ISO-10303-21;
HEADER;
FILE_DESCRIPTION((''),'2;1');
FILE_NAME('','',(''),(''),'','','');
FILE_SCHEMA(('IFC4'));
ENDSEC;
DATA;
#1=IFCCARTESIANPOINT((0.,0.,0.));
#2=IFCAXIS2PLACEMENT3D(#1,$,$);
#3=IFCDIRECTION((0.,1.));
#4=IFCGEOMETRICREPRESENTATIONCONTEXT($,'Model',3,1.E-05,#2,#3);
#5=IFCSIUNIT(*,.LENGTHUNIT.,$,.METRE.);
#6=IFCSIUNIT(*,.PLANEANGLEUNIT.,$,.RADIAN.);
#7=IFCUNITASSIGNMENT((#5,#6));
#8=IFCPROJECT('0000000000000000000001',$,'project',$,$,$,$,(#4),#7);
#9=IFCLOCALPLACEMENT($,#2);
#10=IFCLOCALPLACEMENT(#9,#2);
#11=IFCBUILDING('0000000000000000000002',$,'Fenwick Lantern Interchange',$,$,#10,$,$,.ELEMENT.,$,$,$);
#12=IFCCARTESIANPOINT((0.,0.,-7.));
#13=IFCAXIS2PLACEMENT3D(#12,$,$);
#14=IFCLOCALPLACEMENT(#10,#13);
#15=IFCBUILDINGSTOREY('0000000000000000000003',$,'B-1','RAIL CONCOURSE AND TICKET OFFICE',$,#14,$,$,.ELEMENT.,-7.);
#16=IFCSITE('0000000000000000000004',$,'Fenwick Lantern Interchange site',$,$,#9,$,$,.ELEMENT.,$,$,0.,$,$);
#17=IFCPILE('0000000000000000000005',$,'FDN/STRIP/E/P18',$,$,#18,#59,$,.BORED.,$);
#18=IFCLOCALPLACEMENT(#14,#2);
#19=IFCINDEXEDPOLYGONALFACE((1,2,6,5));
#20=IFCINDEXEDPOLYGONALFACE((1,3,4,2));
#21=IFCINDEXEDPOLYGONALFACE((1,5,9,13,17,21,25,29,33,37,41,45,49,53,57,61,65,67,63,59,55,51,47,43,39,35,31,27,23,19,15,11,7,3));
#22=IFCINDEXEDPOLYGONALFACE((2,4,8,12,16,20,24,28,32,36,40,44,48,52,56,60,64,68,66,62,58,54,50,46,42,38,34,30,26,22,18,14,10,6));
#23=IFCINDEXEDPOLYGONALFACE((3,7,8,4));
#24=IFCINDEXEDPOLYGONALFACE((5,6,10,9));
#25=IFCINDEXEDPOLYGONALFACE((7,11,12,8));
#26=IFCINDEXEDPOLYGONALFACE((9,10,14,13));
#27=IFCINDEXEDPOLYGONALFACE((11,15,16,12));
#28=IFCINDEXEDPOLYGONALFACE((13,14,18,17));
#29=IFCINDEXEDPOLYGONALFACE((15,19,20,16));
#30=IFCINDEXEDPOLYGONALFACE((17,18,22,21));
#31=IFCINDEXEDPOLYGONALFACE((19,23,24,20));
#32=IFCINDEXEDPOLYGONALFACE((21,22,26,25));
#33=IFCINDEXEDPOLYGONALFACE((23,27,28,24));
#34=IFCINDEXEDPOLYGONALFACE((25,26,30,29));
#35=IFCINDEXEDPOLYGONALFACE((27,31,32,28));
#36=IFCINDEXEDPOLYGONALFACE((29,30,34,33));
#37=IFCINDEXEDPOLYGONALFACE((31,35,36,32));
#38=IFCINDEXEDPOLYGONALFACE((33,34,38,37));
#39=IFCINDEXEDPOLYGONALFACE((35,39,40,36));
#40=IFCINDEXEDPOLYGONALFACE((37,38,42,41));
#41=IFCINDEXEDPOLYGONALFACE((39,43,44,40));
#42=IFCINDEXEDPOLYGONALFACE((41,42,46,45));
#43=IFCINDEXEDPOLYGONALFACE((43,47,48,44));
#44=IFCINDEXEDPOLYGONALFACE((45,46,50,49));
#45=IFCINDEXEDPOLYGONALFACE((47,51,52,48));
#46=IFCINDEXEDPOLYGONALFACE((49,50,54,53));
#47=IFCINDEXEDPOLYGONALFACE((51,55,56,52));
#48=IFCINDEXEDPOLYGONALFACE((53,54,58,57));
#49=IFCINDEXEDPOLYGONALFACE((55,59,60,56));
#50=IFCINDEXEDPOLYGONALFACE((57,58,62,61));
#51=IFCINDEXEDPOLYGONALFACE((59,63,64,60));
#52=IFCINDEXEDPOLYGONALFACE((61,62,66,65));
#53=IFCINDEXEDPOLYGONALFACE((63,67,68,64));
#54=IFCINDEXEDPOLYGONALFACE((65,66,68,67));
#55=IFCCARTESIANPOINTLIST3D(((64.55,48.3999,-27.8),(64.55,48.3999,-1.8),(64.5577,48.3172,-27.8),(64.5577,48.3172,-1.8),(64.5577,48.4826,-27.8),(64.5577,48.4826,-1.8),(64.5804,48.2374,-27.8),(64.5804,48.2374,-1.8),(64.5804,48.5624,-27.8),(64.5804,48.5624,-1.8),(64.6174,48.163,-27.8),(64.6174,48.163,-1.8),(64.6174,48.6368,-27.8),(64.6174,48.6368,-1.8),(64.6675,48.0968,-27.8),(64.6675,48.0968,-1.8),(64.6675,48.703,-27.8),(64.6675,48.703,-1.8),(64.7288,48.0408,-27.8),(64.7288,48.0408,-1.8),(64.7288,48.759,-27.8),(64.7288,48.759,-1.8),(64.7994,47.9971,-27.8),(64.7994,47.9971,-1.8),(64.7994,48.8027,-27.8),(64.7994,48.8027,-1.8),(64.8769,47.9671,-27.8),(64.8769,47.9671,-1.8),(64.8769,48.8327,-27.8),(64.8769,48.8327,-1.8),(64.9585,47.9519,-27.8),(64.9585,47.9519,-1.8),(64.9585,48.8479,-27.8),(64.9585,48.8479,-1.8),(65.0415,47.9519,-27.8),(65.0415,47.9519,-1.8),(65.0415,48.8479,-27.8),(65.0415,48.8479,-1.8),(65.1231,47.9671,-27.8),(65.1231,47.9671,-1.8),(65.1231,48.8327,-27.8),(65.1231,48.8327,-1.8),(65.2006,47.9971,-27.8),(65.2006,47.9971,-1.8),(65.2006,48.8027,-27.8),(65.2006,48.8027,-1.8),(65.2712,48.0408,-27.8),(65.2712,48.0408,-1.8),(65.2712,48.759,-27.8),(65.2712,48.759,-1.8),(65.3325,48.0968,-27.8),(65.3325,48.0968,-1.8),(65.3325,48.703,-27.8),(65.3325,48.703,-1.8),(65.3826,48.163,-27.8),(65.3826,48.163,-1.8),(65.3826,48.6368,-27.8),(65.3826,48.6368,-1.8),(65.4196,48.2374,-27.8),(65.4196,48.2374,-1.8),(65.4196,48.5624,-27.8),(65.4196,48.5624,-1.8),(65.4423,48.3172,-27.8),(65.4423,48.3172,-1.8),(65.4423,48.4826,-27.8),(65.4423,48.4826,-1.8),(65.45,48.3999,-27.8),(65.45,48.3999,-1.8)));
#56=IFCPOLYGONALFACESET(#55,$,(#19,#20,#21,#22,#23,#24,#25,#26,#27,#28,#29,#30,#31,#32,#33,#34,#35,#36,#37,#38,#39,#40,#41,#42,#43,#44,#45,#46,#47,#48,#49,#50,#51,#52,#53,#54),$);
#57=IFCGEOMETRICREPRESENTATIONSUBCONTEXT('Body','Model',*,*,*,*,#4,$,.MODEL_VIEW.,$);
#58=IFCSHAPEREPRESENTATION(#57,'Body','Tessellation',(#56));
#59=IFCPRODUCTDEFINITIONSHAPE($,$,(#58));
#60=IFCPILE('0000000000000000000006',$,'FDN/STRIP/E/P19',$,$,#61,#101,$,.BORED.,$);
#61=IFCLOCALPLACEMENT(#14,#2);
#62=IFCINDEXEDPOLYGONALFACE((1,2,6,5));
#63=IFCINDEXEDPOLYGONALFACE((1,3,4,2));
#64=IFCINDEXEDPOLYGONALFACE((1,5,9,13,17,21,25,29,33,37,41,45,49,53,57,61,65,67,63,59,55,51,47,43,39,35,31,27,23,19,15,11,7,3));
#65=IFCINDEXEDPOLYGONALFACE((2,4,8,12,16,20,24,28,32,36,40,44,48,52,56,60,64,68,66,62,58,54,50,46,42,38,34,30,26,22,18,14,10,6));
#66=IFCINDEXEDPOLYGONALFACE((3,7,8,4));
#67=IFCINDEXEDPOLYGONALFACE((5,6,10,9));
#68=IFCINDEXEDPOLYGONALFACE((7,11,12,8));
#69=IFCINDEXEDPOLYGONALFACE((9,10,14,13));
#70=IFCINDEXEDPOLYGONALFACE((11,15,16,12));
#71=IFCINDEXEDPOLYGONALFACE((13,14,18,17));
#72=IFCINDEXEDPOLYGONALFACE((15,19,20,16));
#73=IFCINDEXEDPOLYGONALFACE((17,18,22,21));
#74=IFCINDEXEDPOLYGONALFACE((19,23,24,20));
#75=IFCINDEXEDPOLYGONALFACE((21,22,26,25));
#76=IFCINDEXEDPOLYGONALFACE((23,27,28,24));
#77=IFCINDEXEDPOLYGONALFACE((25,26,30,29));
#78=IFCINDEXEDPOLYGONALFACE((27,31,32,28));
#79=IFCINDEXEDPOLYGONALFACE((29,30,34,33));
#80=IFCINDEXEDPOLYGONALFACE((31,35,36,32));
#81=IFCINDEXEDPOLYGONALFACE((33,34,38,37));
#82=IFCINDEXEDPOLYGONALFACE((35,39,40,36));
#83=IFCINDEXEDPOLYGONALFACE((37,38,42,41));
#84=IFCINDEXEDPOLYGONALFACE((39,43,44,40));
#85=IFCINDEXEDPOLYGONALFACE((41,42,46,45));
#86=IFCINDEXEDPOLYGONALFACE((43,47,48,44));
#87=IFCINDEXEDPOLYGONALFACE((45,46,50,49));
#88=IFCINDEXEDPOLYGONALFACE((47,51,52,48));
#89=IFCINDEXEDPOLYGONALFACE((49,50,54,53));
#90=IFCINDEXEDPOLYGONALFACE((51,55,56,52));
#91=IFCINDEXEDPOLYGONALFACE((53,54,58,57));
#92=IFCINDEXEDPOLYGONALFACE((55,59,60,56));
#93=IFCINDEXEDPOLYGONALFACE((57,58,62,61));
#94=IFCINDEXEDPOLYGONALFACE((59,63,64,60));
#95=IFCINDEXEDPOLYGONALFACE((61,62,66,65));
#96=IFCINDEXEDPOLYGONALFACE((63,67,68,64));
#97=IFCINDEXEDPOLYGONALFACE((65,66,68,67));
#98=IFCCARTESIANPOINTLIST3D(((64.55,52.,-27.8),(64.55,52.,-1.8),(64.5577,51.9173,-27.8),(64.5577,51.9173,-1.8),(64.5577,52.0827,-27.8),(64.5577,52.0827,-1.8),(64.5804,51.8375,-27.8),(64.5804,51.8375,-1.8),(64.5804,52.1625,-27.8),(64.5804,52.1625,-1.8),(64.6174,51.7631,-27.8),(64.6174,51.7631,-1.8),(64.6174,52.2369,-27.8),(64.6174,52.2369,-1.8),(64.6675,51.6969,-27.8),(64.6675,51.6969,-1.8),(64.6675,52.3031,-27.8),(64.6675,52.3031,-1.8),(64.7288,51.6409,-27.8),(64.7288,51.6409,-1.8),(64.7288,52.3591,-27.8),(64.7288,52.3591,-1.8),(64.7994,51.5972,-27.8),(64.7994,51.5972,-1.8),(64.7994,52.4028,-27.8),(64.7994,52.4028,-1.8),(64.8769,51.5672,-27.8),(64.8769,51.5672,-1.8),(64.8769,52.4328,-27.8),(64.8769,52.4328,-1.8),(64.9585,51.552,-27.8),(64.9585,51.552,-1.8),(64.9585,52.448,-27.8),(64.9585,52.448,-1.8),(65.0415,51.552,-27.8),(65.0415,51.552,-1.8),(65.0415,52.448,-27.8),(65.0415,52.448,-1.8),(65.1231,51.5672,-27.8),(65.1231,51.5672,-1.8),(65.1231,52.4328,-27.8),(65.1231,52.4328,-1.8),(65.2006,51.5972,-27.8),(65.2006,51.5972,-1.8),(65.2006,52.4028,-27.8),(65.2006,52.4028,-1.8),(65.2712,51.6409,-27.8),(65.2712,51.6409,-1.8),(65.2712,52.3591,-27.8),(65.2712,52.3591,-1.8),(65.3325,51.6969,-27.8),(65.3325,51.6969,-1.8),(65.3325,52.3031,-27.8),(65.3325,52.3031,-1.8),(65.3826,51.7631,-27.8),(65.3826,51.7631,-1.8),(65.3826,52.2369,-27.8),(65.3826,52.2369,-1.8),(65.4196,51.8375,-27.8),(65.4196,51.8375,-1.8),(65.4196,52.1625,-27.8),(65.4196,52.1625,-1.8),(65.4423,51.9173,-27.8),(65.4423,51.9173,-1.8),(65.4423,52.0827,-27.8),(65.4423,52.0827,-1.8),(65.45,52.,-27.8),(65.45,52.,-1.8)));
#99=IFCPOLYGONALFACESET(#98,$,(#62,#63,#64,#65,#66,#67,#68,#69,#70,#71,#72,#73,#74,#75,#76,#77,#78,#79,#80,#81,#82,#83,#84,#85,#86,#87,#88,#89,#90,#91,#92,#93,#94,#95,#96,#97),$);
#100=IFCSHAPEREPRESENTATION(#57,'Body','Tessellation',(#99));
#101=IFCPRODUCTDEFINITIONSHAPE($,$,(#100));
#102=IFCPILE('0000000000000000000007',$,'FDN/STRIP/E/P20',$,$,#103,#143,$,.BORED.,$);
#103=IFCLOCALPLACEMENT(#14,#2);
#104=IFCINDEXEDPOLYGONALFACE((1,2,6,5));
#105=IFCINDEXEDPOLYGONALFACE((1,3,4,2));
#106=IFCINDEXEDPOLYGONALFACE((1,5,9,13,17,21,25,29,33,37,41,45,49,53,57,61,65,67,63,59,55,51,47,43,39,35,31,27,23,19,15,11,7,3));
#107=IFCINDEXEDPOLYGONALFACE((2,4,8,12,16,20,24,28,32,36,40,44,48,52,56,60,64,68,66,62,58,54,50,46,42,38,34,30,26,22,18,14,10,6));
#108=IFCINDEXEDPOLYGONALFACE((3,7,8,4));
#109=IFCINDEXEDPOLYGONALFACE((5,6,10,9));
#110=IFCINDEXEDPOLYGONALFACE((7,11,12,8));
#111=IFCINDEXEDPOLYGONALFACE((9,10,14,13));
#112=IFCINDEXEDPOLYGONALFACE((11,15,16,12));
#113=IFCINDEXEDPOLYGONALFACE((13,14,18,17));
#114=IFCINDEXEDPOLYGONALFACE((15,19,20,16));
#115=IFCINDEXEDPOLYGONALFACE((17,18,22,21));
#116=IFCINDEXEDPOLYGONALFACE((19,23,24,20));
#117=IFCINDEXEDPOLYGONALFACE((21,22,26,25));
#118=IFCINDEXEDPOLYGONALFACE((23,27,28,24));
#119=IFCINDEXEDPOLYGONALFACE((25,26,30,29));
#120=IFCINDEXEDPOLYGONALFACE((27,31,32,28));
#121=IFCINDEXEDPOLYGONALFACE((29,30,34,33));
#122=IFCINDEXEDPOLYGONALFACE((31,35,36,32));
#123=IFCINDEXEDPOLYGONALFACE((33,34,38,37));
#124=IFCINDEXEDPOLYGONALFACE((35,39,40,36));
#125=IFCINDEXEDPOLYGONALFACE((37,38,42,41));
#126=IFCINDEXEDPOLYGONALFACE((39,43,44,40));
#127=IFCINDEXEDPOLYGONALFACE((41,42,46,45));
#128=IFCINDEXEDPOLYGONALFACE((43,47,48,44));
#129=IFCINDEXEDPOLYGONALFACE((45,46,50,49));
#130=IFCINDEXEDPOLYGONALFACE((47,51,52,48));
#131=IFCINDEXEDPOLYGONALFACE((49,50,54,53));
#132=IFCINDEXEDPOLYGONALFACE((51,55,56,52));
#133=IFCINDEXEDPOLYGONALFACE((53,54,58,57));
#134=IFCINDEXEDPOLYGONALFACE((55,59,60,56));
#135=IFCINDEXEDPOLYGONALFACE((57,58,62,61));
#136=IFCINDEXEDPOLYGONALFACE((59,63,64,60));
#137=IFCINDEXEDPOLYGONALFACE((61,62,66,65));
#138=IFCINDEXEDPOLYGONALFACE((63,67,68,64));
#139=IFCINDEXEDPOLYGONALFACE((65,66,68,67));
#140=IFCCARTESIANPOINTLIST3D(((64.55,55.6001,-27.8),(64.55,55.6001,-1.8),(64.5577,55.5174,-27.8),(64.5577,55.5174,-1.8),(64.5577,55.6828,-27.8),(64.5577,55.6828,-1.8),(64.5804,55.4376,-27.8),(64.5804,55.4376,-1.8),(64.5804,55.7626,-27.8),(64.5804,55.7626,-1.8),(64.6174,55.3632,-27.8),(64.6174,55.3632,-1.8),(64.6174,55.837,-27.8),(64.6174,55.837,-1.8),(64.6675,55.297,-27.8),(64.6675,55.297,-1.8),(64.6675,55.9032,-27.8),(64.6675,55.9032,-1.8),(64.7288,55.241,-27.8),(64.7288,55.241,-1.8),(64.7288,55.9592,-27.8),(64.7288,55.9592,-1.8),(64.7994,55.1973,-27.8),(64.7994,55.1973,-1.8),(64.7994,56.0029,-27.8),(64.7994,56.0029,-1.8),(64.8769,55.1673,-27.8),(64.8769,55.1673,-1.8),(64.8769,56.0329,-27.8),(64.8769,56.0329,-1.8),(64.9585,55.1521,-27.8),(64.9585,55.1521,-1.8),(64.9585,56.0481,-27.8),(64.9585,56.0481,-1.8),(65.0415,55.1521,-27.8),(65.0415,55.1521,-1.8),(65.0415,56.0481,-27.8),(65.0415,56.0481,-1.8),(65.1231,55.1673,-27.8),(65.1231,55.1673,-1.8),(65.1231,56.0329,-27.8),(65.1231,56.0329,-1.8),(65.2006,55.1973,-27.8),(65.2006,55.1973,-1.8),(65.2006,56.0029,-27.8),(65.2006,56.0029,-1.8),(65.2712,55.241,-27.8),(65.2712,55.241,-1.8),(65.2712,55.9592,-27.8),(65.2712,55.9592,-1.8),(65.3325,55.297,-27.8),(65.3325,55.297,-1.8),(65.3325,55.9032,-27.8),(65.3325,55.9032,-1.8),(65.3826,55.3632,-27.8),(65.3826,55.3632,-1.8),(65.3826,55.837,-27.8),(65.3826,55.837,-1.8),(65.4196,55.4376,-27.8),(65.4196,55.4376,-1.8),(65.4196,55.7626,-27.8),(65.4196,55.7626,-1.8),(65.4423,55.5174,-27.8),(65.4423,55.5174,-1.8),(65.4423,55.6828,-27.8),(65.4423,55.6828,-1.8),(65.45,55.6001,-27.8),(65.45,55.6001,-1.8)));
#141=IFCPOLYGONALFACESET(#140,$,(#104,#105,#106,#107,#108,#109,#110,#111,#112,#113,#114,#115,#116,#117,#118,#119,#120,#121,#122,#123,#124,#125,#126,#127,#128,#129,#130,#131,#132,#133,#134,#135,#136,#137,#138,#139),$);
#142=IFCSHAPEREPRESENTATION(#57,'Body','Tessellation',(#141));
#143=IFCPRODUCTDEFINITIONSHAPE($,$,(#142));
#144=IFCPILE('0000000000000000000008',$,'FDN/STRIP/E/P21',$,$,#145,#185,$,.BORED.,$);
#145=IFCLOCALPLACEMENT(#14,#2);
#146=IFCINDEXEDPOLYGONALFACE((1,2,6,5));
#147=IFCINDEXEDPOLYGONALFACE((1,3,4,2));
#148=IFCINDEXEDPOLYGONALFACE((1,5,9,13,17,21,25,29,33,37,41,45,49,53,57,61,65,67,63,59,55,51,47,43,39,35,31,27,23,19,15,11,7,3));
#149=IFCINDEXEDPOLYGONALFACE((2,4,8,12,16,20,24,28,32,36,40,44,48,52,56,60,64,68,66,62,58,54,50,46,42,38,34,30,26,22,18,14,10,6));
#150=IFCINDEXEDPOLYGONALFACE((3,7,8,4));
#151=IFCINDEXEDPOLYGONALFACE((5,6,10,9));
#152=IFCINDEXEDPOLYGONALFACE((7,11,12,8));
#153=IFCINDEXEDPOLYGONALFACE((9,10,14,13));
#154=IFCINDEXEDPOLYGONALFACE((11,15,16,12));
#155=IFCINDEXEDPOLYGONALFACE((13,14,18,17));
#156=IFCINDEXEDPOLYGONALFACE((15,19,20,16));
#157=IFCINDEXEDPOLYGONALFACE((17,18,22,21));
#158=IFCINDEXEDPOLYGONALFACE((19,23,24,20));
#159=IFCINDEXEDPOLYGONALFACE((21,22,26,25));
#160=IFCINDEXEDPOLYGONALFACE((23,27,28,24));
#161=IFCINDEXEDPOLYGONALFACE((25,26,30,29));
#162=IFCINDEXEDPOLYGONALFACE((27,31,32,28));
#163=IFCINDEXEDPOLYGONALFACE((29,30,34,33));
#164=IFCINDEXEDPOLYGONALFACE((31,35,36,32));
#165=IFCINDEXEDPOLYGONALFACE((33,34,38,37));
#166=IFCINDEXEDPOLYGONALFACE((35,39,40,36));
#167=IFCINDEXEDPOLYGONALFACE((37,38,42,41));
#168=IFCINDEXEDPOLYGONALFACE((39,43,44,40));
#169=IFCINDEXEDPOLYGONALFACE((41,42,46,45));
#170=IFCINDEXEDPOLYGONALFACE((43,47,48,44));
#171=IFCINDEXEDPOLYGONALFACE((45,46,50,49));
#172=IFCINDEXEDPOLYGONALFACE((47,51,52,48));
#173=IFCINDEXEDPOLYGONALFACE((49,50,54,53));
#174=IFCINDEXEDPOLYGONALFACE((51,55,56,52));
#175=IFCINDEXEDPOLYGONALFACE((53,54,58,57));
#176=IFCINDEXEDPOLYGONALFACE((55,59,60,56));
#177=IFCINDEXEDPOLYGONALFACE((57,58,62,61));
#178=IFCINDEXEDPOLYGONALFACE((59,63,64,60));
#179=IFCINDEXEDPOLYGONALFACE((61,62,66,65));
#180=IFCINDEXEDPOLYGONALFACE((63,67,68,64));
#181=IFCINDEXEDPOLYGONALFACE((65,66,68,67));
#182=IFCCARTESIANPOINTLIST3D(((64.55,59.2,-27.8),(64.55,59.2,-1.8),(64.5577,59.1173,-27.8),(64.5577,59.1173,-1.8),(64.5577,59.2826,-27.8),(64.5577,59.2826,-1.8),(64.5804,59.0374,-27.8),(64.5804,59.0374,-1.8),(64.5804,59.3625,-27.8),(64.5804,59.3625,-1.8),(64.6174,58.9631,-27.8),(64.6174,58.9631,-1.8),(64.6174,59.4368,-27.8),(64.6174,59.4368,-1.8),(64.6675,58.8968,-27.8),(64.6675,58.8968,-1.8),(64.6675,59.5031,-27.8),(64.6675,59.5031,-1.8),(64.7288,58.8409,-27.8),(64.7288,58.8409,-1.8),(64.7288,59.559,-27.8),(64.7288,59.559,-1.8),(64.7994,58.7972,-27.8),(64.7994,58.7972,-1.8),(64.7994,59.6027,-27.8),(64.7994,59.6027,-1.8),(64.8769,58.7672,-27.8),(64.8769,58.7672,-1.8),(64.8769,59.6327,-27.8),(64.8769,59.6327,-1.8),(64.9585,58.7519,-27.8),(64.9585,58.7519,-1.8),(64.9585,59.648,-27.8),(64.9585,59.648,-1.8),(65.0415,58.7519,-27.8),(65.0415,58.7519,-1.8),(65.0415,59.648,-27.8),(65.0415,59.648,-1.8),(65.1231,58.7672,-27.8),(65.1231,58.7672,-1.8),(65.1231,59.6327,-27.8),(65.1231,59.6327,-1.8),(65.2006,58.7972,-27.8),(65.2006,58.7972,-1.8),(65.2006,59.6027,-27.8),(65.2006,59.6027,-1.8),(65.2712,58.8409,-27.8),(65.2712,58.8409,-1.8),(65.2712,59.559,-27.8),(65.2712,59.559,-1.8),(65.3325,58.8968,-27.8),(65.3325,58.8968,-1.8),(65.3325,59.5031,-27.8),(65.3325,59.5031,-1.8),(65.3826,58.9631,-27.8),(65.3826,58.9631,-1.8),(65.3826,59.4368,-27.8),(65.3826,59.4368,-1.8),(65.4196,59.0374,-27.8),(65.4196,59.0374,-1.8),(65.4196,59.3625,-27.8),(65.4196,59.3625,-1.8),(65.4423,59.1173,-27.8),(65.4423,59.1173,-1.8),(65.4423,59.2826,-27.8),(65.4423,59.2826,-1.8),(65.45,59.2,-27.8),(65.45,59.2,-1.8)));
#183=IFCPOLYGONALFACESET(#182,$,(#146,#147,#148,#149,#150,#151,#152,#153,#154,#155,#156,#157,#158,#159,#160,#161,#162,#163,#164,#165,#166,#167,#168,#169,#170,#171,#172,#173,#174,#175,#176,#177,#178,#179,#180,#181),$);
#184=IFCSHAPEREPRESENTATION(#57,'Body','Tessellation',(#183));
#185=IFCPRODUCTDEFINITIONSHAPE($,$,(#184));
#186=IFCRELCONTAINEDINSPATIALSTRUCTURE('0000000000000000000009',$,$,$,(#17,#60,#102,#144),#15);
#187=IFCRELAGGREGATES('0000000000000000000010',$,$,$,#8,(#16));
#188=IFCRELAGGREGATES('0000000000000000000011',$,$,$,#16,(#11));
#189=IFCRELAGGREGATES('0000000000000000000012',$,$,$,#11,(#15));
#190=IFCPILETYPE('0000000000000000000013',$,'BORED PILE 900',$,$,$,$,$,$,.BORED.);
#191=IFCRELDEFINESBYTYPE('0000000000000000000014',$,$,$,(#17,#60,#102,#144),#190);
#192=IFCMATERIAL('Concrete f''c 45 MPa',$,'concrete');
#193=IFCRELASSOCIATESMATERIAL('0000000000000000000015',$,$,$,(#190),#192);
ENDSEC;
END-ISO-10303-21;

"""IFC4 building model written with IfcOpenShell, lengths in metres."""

from ifc_helpers import new_model, si_unit, direction, frame, origin, origin_2d, place, context, subcontext, project, spatial, circle, extrude, material, type_object, element, save


model = new_model("IFC4")

# Units and contexts
model_context = context("Model", 3, precision=1e-05, world=origin(), true_north=direction((0.0, 1.0)))
body_context = subcontext(model_context, "Body", "Model", "MODEL_VIEW")
ifc_project = project(units=[si_unit("LENGTHUNIT", "METRE"), si_unit("PLANEANGLEUNIT", "RADIAN")], contexts=[model_context])

# Site, building, storey
site_placement = place(None, origin())
site = spatial("IfcSite", under=ifc_project, at=site_placement, Name="Fenwick Lantern Interchange site", CompositionType="ELEMENT", RefElevation=0.0)
building_placement = place(site_placement, origin())
building = spatial("IfcBuilding", under=site, at=building_placement, Name="Fenwick Lantern Interchange", CompositionType="ELEMENT")
storey_placement = place(building_placement, frame((0.0, 0.0, -7.0)))
storey = spatial("IfcBuildingStorey", under=building, at=storey_placement, Name="B-1", Description="RAIL CONCOURSE AND TICKET OFFICE", CompositionType="ELEMENT", Elevation=-7.0)

# Piles
ifc_material_1 = material(Name="Concrete f'c 45 MPa", Category="concrete")
pile_type_1 = type_object("IfcPileType", Name="BORED PILE 900", PredefinedType="BORED", material=ifc_material_1)
for number, where, z_axis, x_axis, name in (
    (1, (65.0, 48.3999, -1.8), (0.0, 0.0, -1.0), (1.0, 0.0, 0.0), "FDN/STRIP/E/P18"),
    (2, (65.0, 52.0, -1.8), (0.0, 0.0, -1.0), (1.0, 0.0, 0.0), "FDN/STRIP/E/P19"),
    (3, (65.0, 55.6001, -1.8), (0.0, 0.0, -1.0), (1.0, 0.0, 0.0), "FDN/STRIP/E/P20"),
    (4, (65.0, 59.2, -1.8), (0.0, 0.0, -1.0), (1.0, 0.0, 0.0), "FDN/STRIP/E/P21"),
):
    element("IfcPile", number, at=place(storey_placement, frame(where, z_axis=z_axis, x_axis=x_axis)), inside=storey, type_object=pile_type_1, Name=name, PredefinedType="BORED", context=body_context, shape_type="SweptSolid", body=[
        extrude(circle(Radius=0.45, at=origin_2d()), origin(), (0.0, 0.0, 1.0), 26.0),
    ])

save(model, "model.ifc")
